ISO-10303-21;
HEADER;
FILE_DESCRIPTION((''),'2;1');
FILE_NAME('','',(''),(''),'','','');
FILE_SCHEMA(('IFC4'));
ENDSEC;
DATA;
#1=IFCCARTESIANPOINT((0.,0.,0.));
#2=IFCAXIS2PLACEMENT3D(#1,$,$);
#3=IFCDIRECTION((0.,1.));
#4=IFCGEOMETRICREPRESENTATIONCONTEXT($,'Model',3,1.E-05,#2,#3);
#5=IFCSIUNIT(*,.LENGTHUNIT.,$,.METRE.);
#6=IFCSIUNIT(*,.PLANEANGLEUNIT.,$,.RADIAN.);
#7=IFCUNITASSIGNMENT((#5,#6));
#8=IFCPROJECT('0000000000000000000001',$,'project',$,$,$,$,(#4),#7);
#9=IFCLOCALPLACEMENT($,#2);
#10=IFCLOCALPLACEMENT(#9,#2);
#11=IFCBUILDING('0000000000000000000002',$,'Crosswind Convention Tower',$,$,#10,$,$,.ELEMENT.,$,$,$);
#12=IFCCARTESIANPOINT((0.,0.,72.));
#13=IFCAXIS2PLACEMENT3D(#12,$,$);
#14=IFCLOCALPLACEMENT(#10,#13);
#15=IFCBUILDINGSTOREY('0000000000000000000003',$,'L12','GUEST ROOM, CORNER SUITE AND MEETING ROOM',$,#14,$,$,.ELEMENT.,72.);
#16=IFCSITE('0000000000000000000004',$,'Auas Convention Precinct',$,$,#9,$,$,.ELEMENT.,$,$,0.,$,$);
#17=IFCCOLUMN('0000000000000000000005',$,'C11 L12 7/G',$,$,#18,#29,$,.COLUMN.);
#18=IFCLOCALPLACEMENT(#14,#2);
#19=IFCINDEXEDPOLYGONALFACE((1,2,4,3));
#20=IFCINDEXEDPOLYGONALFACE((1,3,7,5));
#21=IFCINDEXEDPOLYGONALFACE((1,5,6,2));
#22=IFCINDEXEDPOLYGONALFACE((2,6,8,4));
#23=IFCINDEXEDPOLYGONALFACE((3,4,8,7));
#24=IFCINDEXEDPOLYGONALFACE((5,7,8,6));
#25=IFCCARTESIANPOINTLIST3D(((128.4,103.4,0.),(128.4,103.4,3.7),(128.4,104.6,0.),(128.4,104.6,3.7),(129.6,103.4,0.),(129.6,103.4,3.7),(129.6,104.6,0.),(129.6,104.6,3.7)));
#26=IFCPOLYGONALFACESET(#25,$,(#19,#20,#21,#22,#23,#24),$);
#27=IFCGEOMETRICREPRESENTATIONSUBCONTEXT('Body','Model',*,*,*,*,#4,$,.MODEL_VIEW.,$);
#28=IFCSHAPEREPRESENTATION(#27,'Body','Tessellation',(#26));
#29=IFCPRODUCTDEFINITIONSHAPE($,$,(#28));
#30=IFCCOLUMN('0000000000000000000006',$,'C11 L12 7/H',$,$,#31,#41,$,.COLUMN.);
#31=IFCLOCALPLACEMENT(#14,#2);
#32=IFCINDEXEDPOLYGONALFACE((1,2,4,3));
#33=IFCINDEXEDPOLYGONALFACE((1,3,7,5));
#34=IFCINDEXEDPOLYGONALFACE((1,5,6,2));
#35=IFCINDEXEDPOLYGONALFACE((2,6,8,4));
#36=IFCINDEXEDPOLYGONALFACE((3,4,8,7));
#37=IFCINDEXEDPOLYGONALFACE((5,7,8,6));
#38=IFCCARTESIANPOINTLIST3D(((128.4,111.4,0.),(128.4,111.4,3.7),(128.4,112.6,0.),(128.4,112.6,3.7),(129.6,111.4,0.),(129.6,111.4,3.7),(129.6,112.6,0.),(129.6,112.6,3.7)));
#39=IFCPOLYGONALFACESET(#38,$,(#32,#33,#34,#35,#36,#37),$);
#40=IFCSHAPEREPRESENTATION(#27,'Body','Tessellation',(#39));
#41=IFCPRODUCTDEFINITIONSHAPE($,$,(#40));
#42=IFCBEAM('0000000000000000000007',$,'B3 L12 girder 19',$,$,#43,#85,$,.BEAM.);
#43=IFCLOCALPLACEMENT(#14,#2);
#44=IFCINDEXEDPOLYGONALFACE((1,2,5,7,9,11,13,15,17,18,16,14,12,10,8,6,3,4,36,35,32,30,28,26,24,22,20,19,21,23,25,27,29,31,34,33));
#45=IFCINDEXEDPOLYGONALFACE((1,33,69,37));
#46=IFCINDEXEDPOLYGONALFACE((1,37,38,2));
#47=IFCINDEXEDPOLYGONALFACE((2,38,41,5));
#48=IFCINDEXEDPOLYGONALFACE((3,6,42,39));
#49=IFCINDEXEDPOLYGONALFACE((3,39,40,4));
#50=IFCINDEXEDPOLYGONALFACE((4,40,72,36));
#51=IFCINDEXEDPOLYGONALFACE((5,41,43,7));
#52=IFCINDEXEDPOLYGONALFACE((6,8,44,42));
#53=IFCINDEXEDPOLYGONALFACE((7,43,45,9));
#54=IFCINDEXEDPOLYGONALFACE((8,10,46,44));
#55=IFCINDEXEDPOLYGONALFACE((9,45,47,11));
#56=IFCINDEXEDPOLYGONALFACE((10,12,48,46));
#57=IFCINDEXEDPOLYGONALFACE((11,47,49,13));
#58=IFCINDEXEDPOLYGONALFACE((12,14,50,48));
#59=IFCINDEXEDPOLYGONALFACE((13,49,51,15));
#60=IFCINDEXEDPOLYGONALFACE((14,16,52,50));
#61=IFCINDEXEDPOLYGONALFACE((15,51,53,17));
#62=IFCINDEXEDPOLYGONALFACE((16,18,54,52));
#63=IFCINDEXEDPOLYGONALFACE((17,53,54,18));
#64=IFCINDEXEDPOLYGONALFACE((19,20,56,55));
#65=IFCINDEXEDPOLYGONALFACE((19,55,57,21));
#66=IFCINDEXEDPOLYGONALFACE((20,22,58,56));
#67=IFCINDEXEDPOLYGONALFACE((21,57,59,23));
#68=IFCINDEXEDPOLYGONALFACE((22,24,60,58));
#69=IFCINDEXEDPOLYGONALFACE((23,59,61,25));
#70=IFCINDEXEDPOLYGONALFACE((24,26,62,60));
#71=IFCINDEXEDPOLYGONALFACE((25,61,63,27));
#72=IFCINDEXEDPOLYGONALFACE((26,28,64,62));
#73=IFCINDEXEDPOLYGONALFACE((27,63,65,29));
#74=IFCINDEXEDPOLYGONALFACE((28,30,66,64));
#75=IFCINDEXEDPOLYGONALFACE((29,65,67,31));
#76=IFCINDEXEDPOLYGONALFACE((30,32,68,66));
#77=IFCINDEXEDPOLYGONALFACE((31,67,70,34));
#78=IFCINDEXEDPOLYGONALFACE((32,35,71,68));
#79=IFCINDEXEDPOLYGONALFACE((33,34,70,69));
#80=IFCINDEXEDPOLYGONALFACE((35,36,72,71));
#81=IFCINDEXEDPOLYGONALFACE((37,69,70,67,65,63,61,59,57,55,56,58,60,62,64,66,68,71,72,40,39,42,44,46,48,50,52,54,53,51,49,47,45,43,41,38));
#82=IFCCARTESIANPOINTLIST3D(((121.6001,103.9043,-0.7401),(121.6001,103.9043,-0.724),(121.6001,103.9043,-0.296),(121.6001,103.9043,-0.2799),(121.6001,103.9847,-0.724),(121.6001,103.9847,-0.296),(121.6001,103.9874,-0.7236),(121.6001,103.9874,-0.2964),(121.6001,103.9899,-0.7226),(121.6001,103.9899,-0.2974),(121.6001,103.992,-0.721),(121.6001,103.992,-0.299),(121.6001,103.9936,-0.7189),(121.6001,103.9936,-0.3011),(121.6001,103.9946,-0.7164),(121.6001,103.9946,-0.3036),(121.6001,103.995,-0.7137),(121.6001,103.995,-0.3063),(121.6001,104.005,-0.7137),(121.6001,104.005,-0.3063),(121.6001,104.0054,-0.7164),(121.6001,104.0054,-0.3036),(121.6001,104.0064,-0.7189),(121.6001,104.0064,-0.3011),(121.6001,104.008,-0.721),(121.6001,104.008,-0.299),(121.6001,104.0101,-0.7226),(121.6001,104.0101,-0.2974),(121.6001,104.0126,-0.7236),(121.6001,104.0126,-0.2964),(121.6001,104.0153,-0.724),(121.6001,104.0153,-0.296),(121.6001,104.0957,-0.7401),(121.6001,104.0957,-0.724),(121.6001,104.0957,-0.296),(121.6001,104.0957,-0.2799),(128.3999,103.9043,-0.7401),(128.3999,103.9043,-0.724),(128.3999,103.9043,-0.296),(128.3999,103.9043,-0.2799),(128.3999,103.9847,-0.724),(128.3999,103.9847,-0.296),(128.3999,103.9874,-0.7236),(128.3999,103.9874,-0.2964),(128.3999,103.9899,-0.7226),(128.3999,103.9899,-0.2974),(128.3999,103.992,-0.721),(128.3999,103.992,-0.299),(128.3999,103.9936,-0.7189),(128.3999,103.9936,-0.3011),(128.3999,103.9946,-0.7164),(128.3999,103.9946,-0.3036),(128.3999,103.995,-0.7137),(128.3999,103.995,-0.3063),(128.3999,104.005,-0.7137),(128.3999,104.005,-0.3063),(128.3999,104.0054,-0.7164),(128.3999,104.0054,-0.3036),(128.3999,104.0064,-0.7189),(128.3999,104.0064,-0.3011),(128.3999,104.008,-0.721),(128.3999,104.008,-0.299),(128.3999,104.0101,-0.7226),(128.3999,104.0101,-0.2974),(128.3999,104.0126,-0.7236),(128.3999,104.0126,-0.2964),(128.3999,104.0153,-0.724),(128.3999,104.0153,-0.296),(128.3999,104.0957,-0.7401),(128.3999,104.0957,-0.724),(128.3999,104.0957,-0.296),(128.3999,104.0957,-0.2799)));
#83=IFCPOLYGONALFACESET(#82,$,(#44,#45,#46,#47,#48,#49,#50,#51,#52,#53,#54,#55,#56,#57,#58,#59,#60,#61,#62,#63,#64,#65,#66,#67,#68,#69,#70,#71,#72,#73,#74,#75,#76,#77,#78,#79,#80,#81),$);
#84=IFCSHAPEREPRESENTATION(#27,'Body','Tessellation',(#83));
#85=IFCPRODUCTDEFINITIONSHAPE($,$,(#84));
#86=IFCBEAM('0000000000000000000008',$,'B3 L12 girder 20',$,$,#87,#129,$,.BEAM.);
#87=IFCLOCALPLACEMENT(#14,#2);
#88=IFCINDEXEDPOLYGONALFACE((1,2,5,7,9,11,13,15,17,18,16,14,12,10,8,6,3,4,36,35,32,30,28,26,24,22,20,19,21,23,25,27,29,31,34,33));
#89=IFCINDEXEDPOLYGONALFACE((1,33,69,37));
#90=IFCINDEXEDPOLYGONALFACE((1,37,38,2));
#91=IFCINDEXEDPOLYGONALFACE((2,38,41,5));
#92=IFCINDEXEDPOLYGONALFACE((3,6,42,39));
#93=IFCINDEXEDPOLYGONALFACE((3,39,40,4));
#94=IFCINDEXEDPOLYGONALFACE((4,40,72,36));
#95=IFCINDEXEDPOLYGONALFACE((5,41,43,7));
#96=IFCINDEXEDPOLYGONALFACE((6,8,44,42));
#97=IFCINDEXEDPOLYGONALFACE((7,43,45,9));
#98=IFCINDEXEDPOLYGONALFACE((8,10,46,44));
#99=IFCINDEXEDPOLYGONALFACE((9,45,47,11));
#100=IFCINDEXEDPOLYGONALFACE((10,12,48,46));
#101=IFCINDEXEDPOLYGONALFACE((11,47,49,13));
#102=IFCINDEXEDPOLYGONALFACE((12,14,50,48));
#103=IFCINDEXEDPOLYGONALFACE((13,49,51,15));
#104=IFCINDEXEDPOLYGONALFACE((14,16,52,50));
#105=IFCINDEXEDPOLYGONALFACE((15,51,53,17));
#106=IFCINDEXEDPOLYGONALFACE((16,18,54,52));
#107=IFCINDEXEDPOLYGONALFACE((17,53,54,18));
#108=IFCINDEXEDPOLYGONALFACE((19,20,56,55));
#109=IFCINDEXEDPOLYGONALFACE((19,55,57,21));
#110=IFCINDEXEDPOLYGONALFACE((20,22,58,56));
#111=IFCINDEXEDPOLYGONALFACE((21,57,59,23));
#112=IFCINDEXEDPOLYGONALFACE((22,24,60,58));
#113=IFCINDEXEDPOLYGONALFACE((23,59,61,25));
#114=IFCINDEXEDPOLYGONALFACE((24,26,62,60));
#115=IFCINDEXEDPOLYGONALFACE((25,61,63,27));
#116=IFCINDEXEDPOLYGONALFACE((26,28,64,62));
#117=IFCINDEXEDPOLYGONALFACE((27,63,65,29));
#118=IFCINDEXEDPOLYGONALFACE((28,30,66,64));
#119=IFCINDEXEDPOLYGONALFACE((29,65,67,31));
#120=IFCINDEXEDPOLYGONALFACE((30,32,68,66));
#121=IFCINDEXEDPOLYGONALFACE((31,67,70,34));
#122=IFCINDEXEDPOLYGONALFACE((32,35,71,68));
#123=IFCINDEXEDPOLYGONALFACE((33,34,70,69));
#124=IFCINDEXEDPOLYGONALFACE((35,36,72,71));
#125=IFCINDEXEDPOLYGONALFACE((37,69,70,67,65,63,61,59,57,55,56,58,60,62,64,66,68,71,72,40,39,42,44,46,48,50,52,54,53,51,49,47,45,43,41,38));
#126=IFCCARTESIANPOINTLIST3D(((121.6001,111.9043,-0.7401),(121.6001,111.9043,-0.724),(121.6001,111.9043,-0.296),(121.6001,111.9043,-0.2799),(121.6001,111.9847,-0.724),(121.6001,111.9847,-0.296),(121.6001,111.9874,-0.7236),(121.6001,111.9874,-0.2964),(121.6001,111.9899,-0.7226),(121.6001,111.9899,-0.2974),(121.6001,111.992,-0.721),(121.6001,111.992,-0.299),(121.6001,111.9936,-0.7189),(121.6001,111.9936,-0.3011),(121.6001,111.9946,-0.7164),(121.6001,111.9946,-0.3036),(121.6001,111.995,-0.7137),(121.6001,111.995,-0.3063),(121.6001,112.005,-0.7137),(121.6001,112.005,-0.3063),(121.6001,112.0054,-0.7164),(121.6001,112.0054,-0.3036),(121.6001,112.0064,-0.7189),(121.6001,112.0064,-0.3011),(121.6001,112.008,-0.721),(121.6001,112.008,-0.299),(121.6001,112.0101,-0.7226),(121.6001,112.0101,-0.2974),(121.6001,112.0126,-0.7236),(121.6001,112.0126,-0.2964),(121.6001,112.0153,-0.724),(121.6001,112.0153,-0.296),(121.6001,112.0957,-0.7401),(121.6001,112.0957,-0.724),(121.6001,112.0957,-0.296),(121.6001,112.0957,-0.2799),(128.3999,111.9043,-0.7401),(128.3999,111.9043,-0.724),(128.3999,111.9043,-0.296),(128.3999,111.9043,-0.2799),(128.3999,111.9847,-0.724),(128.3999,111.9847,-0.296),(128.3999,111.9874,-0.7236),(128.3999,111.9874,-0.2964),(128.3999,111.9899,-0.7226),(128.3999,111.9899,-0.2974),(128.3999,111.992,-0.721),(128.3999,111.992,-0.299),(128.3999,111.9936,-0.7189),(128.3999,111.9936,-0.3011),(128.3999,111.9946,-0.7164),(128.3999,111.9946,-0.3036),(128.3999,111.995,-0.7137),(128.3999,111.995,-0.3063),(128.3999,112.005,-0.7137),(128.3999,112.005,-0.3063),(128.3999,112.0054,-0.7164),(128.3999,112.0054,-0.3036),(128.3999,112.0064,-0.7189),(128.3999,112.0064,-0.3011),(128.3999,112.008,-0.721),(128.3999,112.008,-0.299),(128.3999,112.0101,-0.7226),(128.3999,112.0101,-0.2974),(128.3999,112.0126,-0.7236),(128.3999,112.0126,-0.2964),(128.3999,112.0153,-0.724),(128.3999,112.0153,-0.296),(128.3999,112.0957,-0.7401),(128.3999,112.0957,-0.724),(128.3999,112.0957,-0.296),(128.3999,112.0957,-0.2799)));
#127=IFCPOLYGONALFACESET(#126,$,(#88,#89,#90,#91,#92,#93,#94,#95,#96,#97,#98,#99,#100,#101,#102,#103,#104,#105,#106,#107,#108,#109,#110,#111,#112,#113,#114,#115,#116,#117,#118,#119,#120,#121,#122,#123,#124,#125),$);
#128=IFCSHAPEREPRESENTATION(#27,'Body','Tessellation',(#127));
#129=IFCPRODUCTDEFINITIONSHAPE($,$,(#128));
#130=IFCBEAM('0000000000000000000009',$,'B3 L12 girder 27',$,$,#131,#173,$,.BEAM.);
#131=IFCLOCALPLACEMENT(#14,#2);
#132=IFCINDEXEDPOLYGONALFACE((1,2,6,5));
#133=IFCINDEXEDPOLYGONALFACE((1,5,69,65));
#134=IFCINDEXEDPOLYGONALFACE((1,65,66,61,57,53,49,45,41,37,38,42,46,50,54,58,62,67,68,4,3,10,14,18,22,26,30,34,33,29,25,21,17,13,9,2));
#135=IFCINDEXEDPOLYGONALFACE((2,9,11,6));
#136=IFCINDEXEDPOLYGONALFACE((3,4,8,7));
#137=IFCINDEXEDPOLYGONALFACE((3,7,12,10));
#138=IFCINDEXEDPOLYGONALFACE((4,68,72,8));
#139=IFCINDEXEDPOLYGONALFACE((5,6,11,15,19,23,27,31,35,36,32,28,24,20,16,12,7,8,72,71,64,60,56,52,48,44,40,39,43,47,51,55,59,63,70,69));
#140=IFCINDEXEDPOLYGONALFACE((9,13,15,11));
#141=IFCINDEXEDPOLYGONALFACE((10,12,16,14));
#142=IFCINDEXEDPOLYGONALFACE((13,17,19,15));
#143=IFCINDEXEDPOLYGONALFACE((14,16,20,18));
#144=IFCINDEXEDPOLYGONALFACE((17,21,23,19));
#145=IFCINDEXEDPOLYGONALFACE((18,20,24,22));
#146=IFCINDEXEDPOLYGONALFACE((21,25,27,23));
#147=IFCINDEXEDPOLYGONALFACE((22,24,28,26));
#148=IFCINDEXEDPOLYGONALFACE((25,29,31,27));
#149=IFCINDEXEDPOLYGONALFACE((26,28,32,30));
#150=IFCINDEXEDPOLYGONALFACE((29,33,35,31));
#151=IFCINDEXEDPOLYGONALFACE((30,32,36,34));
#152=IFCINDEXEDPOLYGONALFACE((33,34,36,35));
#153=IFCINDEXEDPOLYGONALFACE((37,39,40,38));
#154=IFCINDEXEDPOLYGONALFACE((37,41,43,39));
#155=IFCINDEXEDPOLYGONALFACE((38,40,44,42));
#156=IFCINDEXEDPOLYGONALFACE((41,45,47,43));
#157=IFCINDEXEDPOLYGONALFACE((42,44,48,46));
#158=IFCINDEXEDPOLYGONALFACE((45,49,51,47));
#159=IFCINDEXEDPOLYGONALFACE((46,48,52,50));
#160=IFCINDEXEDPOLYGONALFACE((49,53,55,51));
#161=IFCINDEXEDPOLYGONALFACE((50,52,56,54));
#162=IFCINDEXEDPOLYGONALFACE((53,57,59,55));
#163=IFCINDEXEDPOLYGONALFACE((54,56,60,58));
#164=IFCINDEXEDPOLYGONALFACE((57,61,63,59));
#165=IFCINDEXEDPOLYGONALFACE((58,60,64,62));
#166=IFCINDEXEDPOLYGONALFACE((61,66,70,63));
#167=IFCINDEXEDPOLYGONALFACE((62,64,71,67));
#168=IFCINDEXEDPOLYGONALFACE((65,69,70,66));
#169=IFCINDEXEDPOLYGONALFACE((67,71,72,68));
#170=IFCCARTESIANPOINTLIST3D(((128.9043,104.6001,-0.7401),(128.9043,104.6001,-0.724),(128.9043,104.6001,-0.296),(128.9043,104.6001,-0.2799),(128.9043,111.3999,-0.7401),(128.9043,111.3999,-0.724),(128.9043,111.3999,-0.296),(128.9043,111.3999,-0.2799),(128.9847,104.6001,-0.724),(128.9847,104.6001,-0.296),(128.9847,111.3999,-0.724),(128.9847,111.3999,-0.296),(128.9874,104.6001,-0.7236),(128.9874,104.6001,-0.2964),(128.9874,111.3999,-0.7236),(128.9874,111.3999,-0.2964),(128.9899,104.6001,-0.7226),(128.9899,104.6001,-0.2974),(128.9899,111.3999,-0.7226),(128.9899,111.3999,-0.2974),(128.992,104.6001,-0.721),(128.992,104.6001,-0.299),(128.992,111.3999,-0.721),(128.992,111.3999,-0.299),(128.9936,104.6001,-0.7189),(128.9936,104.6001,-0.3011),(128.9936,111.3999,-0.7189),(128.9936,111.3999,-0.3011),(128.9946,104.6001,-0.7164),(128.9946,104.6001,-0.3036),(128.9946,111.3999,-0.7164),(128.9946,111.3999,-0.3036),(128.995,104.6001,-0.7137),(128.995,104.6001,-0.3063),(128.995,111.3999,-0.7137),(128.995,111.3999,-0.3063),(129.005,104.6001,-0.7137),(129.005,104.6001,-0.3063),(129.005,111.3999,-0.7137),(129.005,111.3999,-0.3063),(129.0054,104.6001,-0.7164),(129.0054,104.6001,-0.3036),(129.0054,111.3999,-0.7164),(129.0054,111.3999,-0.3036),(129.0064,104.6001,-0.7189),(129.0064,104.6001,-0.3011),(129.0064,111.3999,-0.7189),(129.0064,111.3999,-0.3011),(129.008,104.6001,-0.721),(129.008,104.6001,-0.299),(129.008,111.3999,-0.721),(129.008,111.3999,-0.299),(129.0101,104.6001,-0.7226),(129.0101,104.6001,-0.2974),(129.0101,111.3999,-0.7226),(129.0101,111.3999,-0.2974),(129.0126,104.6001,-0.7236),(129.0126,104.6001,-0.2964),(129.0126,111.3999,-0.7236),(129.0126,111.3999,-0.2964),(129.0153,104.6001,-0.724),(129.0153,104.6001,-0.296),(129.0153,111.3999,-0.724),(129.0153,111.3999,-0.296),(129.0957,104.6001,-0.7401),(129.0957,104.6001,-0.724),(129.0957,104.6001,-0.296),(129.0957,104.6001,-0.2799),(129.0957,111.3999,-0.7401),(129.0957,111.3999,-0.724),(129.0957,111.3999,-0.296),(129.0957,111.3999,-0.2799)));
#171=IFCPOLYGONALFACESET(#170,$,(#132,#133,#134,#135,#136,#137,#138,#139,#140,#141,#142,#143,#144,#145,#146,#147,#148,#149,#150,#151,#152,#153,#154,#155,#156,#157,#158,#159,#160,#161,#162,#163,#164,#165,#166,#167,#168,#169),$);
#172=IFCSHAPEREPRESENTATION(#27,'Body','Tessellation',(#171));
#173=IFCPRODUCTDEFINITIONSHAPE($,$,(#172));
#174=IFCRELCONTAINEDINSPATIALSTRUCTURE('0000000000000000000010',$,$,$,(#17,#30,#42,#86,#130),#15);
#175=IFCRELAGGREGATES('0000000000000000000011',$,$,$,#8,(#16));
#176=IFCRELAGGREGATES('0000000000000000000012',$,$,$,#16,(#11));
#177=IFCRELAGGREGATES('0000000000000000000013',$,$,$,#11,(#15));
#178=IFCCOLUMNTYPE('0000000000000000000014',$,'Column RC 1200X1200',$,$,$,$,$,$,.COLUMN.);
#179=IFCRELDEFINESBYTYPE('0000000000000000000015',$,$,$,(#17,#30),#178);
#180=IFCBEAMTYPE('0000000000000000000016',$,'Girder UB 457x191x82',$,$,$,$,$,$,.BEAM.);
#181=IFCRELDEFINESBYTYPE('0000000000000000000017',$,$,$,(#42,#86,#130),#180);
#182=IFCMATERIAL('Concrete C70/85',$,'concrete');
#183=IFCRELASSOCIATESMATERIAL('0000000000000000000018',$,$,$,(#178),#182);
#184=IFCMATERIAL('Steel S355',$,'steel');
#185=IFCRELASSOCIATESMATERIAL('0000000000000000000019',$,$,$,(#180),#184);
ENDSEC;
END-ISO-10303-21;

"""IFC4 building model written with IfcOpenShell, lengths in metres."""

from ifc_helpers import new_model, si_unit, direction, frame, origin, origin_2d, place, context, subcontext, project, spatial, rectangle, i_section, extrude, material, material_profile, profile_set, type_object, element, save


model = new_model("IFC4")

# Units and contexts
model_context = context("Model", 3, precision=1e-05, world=origin(), true_north=direction((0.0, 1.0)))
body_context = subcontext(model_context, "Body", "Model", "MODEL_VIEW")
ifc_project = project(units=[si_unit("LENGTHUNIT", "METRE"), si_unit("PLANEANGLEUNIT", "RADIAN")], contexts=[model_context])

# Site, building, storey
site_placement = place(None, origin())
site = spatial("IfcSite", under=ifc_project, at=site_placement, Name="Auas Convention Precinct", CompositionType="ELEMENT", RefElevation=0.0)
building_placement = place(site_placement, origin())
building = spatial("IfcBuilding", under=site, at=building_placement, Name="Crosswind Convention Tower", CompositionType="ELEMENT")
storey_placement = place(building_placement, frame((0.0, 0.0, 72.0)))
storey = spatial("IfcBuildingStorey", under=building, at=storey_placement, Name="L12", Description="GUEST ROOM, CORNER SUITE AND MEETING ROOM", CompositionType="ELEMENT", Elevation=72.0)

# Columns
ifc_material_1 = material(Name="Concrete C70/85", Category="concrete")
ifc_material_profile_1 = material_profile(ifc_material_1, rectangle(XDim=1.2, YDim=1.2, at=origin_2d()), Name="RC 1200X1200")
ifc_profile_set_1 = profile_set([ifc_material_profile_1], Name="Concrete C70/85")
column_type = type_object("IfcColumnType", Name="Column RC 1200X1200", PredefinedType="COLUMN", material=ifc_profile_set_1)
for number, where, z_axis, x_axis, name in (
    (1, (129.0, 104.0, 0.0), (0.0, 0.0, 1.0), (1.0, 0.0, 0.0), "C11 L12 7/G"),
    (2, (129.0, 112.0, 0.0), (0.0, 0.0, 1.0), (1.0, 0.0, 0.0), "C11 L12 7/H"),
):
    element("IfcColumn", number, at=place(storey_placement, frame(where, z_axis=z_axis, x_axis=x_axis)), inside=storey, type_object=column_type, Name=name, PredefinedType="COLUMN", context=body_context, shape_type="SweptSolid", body=[
        extrude(rectangle(XDim=1.2, YDim=1.2, at=origin_2d()), origin(), (0.0, 0.0, 1.0), 3.7),
    ])

# Beams
ifc_material_2 = material(Name="Steel S355", Category="steel")
ifc_material_profile_2 = material_profile(ifc_material_2, i_section(OverallWidth=0.1914, OverallDepth=0.4602, WebThickness=0.01, FlangeThickness=0.0161, FilletRadius=0.0103, at=origin_2d()), Name="UB 457x191x82")
ifc_profile_set_2 = profile_set([ifc_material_profile_2], Name="Steel S355")
beam_type_1 = type_object("IfcBeamType", Name="Girder UB 457x191x82", PredefinedType="BEAM", material=ifc_profile_set_2)
for number, where, z_axis, x_axis, name in (
    (3, (121.6001, 104.0, -0.51), (1.0, 0.0, 0.0), (0.0, 1.0, 0.0), "B3 L12 girder 19"),
    (4, (121.6001, 112.0, -0.51), (1.0, 0.0, 0.0), (0.0, 1.0, 0.0), "B3 L12 girder 20"),
    (5, (129.0, 104.6001, -0.51), (0.0, 1.0, 0.0), (-1.0, 0.0, 0.0), "B3 L12 girder 27"),
):
    element("IfcBeam", number, at=place(storey_placement, frame(where, z_axis=z_axis, x_axis=x_axis)), inside=storey, type_object=beam_type_1, Name=name, PredefinedType="BEAM", context=body_context, shape_type="SweptSolid", body=[
        extrude(i_section(OverallWidth=0.1914, OverallDepth=0.4602, WebThickness=0.01, FlangeThickness=0.0161, FilletRadius=0.0103, at=origin_2d()), origin(), (0.0, 0.0, 1.0), 6.7998),
    ])

save(model, "model.ifc")
